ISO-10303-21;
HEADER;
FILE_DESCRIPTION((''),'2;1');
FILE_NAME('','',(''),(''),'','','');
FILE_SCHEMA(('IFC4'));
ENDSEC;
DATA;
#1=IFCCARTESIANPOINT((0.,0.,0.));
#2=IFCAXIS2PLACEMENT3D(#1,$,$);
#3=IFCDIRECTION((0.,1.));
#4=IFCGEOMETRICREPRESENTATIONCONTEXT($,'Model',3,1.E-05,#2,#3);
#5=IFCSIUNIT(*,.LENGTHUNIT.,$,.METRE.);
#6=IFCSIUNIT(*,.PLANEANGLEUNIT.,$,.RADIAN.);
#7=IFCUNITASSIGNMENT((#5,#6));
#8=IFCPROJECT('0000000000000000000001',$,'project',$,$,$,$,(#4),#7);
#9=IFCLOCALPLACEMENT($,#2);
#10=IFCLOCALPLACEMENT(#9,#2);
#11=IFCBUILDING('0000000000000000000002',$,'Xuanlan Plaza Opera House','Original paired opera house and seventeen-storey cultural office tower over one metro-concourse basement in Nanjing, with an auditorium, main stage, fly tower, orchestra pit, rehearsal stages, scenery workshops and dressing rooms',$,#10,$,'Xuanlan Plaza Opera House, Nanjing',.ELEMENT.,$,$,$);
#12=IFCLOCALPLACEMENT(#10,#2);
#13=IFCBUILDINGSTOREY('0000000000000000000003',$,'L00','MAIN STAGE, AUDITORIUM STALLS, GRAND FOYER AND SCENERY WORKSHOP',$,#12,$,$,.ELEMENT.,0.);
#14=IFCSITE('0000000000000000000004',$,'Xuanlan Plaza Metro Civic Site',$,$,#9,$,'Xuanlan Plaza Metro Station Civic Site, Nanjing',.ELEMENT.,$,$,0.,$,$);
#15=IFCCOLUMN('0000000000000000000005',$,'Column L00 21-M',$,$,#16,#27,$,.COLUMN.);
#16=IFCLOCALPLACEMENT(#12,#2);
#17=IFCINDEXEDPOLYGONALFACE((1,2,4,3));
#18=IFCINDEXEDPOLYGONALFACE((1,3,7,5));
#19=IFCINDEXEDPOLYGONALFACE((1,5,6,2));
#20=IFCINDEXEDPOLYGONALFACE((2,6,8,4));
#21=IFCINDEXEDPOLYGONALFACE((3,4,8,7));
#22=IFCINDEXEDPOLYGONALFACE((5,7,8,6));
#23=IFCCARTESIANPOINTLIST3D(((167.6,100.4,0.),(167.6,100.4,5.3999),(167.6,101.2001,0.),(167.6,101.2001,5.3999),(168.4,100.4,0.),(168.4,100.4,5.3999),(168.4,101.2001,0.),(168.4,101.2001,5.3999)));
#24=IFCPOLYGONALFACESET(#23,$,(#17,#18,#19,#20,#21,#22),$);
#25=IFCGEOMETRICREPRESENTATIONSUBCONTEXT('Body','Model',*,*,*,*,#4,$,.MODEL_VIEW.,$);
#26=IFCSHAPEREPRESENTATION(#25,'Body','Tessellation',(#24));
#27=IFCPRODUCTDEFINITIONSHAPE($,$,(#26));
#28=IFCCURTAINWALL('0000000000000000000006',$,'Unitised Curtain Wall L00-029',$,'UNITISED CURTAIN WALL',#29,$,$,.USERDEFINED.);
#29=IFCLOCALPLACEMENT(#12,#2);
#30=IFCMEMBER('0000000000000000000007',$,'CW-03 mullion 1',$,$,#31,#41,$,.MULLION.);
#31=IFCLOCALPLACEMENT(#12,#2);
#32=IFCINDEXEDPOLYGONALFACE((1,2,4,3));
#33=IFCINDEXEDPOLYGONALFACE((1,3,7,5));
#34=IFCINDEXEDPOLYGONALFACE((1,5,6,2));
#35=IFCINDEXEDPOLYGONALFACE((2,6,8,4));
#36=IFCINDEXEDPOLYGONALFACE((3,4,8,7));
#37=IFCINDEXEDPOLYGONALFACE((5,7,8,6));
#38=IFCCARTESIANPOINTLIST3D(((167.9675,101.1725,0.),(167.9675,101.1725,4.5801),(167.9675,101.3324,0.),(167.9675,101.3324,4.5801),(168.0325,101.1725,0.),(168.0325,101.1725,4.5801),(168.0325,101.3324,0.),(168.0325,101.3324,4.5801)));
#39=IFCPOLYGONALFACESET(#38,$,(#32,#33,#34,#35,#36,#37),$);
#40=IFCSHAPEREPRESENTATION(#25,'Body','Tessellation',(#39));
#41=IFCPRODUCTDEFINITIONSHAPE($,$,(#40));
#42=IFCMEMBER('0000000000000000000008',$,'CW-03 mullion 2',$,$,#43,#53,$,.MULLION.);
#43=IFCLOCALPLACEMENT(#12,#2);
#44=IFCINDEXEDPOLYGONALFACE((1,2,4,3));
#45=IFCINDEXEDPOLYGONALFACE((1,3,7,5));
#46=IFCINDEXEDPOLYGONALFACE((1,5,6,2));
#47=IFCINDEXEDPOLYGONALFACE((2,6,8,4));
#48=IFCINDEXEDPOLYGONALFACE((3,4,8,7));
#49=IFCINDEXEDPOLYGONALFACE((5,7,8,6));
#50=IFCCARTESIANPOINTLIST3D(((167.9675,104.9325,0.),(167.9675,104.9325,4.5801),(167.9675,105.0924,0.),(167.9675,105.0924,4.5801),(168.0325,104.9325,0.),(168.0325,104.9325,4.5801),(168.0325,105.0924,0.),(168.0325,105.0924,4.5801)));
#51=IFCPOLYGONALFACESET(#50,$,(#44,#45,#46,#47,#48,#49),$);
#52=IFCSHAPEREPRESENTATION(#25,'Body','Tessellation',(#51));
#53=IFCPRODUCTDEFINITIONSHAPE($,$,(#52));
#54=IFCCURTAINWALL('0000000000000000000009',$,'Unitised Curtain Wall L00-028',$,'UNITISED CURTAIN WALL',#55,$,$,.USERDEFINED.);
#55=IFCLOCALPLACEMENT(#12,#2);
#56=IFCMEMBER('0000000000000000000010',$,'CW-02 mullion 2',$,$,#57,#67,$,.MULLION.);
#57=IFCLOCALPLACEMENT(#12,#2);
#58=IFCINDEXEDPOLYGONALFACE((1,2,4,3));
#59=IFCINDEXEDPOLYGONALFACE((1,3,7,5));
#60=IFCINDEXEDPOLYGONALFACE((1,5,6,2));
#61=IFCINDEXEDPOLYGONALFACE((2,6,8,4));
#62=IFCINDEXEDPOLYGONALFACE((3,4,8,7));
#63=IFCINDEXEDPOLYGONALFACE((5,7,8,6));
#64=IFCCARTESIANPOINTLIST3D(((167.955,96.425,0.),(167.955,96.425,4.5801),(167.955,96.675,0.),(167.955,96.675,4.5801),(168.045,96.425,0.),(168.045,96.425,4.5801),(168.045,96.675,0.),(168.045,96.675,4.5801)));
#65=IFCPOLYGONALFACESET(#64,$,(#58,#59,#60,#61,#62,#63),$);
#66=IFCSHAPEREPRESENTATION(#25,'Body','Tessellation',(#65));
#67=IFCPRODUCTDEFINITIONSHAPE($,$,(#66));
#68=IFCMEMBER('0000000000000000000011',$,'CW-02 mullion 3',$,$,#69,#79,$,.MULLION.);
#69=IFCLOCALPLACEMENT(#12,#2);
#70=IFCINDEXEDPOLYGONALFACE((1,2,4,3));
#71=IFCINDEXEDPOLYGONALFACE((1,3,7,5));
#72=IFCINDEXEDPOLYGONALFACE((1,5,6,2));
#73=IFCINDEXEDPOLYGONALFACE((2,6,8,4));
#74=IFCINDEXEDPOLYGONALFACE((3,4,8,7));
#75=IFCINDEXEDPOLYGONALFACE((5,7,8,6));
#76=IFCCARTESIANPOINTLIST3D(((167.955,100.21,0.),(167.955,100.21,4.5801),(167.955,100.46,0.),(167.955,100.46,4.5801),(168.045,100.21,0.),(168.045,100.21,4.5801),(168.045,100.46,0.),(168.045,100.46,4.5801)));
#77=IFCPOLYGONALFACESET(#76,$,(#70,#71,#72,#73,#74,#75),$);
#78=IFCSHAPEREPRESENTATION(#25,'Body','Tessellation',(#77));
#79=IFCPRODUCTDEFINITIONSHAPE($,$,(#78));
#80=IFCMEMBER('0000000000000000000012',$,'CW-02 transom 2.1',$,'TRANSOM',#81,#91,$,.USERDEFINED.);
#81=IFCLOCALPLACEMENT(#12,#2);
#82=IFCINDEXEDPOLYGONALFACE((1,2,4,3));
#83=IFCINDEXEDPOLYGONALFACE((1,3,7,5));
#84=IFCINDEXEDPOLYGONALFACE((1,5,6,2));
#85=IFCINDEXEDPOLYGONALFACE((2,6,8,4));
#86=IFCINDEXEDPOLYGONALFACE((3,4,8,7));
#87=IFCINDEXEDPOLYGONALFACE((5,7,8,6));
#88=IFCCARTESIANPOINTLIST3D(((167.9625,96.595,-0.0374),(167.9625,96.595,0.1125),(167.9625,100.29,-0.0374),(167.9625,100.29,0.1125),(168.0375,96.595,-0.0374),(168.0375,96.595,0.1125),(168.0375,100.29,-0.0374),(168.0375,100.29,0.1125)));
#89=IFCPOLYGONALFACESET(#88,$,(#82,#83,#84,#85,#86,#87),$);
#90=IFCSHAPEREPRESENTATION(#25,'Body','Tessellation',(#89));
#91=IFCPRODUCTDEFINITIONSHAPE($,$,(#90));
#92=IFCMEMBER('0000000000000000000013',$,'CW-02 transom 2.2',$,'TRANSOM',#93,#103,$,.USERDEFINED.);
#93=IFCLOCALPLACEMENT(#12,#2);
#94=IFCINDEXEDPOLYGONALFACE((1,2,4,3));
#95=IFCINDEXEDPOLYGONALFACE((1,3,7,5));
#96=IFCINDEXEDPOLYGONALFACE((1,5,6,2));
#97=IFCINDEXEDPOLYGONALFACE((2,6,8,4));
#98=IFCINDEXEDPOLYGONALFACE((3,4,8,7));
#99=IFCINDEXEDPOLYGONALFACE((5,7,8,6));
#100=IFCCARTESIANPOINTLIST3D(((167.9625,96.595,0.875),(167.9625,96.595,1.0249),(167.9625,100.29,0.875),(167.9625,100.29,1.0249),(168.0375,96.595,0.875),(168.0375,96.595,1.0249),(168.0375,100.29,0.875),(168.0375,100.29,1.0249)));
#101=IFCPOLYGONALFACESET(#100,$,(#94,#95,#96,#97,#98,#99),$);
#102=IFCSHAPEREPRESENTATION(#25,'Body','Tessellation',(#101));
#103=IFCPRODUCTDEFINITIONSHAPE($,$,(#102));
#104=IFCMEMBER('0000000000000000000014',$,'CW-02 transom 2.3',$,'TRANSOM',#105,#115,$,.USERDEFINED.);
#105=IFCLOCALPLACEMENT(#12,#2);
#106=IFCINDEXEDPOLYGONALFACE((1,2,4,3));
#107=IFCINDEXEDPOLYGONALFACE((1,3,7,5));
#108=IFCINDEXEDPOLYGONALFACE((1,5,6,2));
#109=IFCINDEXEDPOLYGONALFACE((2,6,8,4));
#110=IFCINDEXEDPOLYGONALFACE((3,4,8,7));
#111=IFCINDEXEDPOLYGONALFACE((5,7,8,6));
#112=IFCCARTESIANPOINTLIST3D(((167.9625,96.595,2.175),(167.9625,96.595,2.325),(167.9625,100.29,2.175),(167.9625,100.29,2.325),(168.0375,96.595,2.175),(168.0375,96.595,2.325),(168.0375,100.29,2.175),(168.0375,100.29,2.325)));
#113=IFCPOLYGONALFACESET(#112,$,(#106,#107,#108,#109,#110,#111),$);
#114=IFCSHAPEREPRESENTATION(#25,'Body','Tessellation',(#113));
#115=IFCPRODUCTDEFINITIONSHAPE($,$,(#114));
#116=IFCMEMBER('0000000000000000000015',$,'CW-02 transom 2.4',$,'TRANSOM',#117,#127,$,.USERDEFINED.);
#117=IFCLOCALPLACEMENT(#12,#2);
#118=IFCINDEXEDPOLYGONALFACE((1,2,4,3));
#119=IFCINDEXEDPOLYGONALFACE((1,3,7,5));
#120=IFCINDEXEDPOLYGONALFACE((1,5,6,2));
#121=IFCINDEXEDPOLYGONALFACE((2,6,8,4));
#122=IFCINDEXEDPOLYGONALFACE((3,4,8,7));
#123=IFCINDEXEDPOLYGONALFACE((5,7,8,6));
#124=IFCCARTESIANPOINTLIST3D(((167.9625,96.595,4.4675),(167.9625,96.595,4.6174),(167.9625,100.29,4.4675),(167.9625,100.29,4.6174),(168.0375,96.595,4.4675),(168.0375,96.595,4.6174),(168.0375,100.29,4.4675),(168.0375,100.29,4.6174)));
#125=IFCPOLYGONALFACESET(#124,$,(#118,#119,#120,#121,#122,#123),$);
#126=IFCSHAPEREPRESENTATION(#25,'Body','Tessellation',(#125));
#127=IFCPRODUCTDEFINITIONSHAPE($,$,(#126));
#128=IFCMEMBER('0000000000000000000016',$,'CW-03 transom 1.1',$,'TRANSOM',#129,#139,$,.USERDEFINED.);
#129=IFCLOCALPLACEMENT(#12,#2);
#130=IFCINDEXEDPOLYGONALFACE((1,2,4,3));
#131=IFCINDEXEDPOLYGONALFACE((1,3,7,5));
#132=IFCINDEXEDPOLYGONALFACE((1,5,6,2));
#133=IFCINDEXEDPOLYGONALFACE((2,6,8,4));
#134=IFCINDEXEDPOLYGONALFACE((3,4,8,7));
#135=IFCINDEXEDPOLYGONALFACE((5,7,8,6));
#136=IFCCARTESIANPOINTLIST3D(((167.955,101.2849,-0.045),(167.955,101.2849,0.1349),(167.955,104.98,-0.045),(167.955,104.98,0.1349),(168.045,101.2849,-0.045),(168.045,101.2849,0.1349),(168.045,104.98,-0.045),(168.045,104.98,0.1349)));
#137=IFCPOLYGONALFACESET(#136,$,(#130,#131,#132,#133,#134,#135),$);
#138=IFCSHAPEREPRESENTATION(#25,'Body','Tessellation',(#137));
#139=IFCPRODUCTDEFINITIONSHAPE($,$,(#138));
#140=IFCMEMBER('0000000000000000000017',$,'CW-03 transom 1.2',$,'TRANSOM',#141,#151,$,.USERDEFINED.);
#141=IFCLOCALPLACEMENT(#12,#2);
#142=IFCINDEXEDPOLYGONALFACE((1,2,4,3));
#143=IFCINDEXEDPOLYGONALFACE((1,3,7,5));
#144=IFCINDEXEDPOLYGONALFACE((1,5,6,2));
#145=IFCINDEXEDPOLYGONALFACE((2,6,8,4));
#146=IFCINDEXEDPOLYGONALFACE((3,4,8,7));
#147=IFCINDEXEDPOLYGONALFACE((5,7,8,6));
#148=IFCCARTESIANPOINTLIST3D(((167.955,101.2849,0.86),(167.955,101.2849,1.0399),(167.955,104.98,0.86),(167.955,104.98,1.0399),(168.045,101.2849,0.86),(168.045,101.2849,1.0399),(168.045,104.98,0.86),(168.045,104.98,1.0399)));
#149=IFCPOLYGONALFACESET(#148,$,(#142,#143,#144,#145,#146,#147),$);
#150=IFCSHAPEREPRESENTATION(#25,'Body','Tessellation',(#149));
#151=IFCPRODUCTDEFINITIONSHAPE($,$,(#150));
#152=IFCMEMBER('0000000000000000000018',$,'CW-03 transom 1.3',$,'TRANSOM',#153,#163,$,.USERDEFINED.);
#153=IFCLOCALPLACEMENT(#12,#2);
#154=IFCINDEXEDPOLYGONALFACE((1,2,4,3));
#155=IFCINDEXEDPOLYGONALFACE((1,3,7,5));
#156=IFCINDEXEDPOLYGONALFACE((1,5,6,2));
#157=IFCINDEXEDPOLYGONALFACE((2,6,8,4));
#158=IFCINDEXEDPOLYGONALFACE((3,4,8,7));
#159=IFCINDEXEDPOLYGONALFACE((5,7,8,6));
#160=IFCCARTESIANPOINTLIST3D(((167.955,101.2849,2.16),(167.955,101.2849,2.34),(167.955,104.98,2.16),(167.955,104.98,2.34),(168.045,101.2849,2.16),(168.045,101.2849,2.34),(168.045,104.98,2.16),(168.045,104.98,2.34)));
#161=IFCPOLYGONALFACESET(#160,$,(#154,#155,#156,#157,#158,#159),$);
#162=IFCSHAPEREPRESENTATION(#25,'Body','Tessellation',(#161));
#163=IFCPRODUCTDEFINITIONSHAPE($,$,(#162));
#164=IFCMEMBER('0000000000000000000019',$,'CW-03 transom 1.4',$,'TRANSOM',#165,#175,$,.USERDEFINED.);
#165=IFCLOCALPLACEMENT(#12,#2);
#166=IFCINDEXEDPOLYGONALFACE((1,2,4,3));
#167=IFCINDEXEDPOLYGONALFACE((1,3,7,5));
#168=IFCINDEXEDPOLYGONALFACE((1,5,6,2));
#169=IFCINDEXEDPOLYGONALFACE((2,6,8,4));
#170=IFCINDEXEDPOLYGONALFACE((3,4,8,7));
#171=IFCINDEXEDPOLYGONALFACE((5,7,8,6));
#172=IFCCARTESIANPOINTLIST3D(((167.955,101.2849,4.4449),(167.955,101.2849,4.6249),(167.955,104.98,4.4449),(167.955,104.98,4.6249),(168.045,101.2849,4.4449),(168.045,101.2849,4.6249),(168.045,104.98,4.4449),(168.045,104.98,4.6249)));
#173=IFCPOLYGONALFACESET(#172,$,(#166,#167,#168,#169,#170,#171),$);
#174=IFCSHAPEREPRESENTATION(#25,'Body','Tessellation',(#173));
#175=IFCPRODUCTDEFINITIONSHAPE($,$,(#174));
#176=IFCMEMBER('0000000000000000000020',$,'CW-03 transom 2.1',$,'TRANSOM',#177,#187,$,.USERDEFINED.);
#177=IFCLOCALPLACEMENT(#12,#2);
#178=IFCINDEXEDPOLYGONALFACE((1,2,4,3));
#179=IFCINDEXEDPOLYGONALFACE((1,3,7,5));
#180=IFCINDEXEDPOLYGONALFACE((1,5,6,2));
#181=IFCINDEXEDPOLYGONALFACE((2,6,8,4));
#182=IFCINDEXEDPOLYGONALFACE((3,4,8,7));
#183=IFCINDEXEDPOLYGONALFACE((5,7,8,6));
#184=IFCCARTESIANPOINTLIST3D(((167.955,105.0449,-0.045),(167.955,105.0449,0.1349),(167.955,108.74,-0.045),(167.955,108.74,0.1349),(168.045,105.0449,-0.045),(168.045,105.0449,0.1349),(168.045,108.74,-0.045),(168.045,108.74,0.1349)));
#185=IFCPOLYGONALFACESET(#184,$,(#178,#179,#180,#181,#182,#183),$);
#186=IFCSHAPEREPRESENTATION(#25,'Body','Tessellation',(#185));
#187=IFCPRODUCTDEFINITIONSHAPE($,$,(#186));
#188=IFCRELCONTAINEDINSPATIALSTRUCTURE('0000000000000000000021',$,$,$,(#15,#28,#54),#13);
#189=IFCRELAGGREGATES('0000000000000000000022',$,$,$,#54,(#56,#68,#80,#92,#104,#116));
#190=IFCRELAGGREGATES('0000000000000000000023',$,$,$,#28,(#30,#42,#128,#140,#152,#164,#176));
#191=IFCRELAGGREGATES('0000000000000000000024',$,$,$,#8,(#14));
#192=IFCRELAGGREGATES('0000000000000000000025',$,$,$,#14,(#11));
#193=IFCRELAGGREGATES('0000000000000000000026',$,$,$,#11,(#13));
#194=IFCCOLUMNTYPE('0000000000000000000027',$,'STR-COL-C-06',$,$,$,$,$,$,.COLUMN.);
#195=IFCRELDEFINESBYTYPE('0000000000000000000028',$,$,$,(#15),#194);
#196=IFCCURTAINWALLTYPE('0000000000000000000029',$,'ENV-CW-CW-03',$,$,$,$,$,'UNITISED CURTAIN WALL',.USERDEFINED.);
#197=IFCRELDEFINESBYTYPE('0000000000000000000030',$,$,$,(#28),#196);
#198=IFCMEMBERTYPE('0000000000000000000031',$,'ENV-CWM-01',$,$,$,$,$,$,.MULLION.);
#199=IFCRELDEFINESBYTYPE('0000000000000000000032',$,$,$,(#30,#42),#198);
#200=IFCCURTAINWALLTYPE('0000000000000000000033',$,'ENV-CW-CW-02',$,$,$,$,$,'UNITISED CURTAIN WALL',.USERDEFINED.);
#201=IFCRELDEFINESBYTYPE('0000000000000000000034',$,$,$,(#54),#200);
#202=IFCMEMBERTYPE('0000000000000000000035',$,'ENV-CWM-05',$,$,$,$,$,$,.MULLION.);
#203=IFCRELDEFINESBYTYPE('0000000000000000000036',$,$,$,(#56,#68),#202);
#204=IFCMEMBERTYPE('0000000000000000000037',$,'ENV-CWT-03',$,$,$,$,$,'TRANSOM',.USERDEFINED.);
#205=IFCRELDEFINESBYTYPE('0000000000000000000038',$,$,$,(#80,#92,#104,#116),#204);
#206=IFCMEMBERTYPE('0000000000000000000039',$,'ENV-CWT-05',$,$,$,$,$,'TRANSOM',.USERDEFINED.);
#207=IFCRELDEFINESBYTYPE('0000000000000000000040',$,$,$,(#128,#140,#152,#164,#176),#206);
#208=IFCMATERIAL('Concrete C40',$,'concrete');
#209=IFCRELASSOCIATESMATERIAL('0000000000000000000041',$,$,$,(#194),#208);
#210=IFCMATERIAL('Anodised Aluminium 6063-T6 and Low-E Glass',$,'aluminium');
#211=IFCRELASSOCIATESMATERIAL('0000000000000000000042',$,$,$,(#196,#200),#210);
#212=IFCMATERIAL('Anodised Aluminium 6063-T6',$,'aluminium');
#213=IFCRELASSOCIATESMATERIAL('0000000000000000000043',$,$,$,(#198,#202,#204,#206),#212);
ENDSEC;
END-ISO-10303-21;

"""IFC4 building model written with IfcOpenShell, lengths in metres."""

from ifc_helpers import new_model, si_unit, direction, frame, origin, origin_2d, place, context, subcontext, project, spatial, rectangle, extrude, material, material_profile, profile_set, type_object, element, aggregate, save


model = new_model("IFC4")

# Units and contexts
model_context = context("Model", 3, precision=1e-05, world=origin(), true_north=direction((0.0, 1.0)))
body_context = subcontext(model_context, "Body", "Model", "MODEL_VIEW")
ifc_project = project(units=[si_unit("LENGTHUNIT", "METRE"), si_unit("PLANEANGLEUNIT", "RADIAN")], contexts=[model_context])

# Site, building, storey
site_placement = place(None, origin())
site = spatial("IfcSite", under=ifc_project, at=site_placement, Name="Xuanlan Plaza Metro Civic Site", LongName="Xuanlan Plaza Metro Station Civic Site, Nanjing", CompositionType="ELEMENT", RefElevation=0.0)
building_placement = place(site_placement, origin())
building = spatial("IfcBuilding", under=site, at=building_placement, Name="Xuanlan Plaza Opera House", Description="Original paired opera house and seventeen-storey cultural office tower over one metro-concourse basement in Nanjing, with an auditorium, main stage, fly tower, orchestra pit, rehearsal stages, scenery workshops and dressing rooms", LongName="Xuanlan Plaza Opera House, Nanjing", CompositionType="ELEMENT")
storey_placement = place(building_placement, origin())
storey = spatial("IfcBuildingStorey", under=building, at=storey_placement, Name="L00", Description="MAIN STAGE, AUDITORIUM STALLS, GRAND FOYER AND SCENERY WORKSHOP", CompositionType="ELEMENT", Elevation=0.0)

# Column
ifc_material_1 = material(Name="Concrete C40", Category="concrete")
ifc_material_profile_1 = material_profile(ifc_material_1, rectangle(XDim=0.8, YDim=0.8, at=origin_2d()), Name="RC-COL 800x800")
ifc_profile_set_1 = profile_set([ifc_material_profile_1], Name="Concrete C40")
column_type = type_object("IfcColumnType", Name="STR-COL-C-06", PredefinedType="COLUMN", material=ifc_profile_set_1)
column_placement = place(storey_placement, frame((168.0, 100.8, 0.0), z_axis=(0.0, 0.0, 1.0), x_axis=(1.0, 0.0, 0.0)))
element("IfcColumn", 1, at=column_placement, inside=storey, type_object=column_type, Name="Column L00 21-M", PredefinedType="COLUMN", context=body_context, shape_type="SweptSolid", body=[
    extrude(rectangle(XDim=0.8, YDim=0.8, at=origin_2d()), origin(), (0.0, 0.0, 1.0), 5.3999),
])

# Curtain walls, members
ifc_material_2 = material(Name="Anodised Aluminium 6063-T6 and Low-E Glass", Category="aluminium")
curtain_wall_type_1 = type_object("IfcCurtainWallType", Name="ENV-CW-CW-03", ElementType="UNITISED CURTAIN WALL", PredefinedType="USERDEFINED", material=ifc_material_2)
curtain_wall_1_placement = place(storey_placement, origin())
curtain_wall_1 = element("IfcCurtainWall", 2, at=curtain_wall_1_placement, inside=storey, type_object=curtain_wall_type_1, Name="Unitised Curtain Wall L00-029", ObjectType="UNITISED CURTAIN WALL", PredefinedType="USERDEFINED")
ifc_material_3 = material(Name="Anodised Aluminium 6063-T6", Category="aluminium")
ifc_material_profile_2 = material_profile(ifc_material_3, rectangle(XDim=0.0649, YDim=0.1599, at=origin_2d()), Name="ALU-M 65x160")
ifc_profile_set_2 = profile_set([ifc_material_profile_2], Name="Anodised Aluminium 6063-T6")
member_type_1 = type_object("IfcMemberType", Name="ENV-CWM-01", PredefinedType="MULLION", material=ifc_profile_set_2)
member_1_placement = place(storey_placement, frame((168.0, 101.2524, 0.0), z_axis=(0.0, 0.0, 1.0), x_axis=(-1.0, 0.0, 0.0)))
member_1 = element("IfcMember", 3, at=member_1_placement, type_object=member_type_1, Name="CW-03 mullion 1", PredefinedType="MULLION", context=body_context, shape_type="SweptSolid", body=[
    extrude(rectangle(XDim=0.0649, YDim=0.1599, at=origin_2d()), origin(), (0.0, 0.0, 1.0), 4.5801),
])
member_2_placement = place(storey_placement, frame((168.0, 105.0125, 0.0), z_axis=(0.0, 0.0, 1.0), x_axis=(-1.0, 0.0, 0.0)))
member_2 = element("IfcMember", 4, at=member_2_placement, type_object=member_type_1, Name="CW-03 mullion 2", PredefinedType="MULLION", context=body_context, shape_type="SweptSolid", body=[
    extrude(rectangle(XDim=0.0649, YDim=0.1599, at=origin_2d()), origin(), (0.0, 0.0, 1.0), 4.5801),
])
curtain_wall_type_2 = type_object("IfcCurtainWallType", Name="ENV-CW-CW-02", ElementType="UNITISED CURTAIN WALL", PredefinedType="USERDEFINED", material=ifc_material_2)
curtain_wall_2_placement = place(storey_placement, origin())
curtain_wall_2 = element("IfcCurtainWall", 5, at=curtain_wall_2_placement, inside=storey, type_object=curtain_wall_type_2, Name="Unitised Curtain Wall L00-028", ObjectType="UNITISED CURTAIN WALL", PredefinedType="USERDEFINED")
ifc_material_profile_3 = material_profile(ifc_material_3, rectangle(XDim=0.0901, YDim=0.25, at=origin_2d()), Name="ALU-M 90x250")
ifc_profile_set_3 = profile_set([ifc_material_profile_3], Name="Anodised Aluminium 6063-T6")
member_type_2 = type_object("IfcMemberType", Name="ENV-CWM-05", PredefinedType="MULLION", material=ifc_profile_set_3)
member_3_placement = place(storey_placement, frame((168.0, 96.55, 0.0), z_axis=(0.0, 0.0, 1.0), x_axis=(-1.0, 0.0, 0.0)))
member_3 = element("IfcMember", 6, at=member_3_placement, type_object=member_type_2, Name="CW-02 mullion 2", PredefinedType="MULLION", context=body_context, shape_type="SweptSolid", body=[
    extrude(rectangle(XDim=0.0901, YDim=0.25, at=origin_2d()), origin(), (0.0, 0.0, 1.0), 4.5801),
])
member_4_placement = place(storey_placement, frame((168.0, 100.335, 0.0), z_axis=(0.0, 0.0, 1.0), x_axis=(-1.0, 0.0, 0.0)))
member_4 = element("IfcMember", 7, at=member_4_placement, type_object=member_type_2, Name="CW-02 mullion 3", PredefinedType="MULLION", context=body_context, shape_type="SweptSolid", body=[
    extrude(rectangle(XDim=0.0901, YDim=0.25, at=origin_2d()), origin(), (0.0, 0.0, 1.0), 4.5801),
])
ifc_material_profile_4 = material_profile(ifc_material_3, rectangle(XDim=0.075, YDim=0.1499, at=origin_2d()), Name="ALU-T 75x150")
ifc_profile_set_4 = profile_set([ifc_material_profile_4], Name="Anodised Aluminium 6063-T6")
member_type_3 = type_object("IfcMemberType", Name="ENV-CWT-03", ElementType="TRANSOM", PredefinedType="USERDEFINED", material=ifc_profile_set_4)
member_5_placement = place(storey_placement, frame((168.0, 96.595, 0.0376), z_axis=(0.0, 1.0, 0.0), x_axis=(-1.0, 0.0, 0.0)))
member_5 = element("IfcMember", 8, at=member_5_placement, type_object=member_type_3, Name="CW-02 transom 2.1", ObjectType="TRANSOM", PredefinedType="USERDEFINED", context=body_context, shape_type="SweptSolid", body=[
    extrude(rectangle(XDim=0.075, YDim=0.1499, at=origin_2d()), origin(), (0.0, 0.0, 1.0), 3.6951),
])
member_6_placement = place(storey_placement, frame((168.0, 96.595, 0.95), z_axis=(0.0, 1.0, 0.0), x_axis=(-1.0, 0.0, 0.0)))
member_6 = element("IfcMember", 9, at=member_6_placement, type_object=member_type_3, Name="CW-02 transom 2.2", ObjectType="TRANSOM", PredefinedType="USERDEFINED", context=body_context, shape_type="SweptSolid", body=[
    extrude(rectangle(XDim=0.075, YDim=0.1499, at=origin_2d()), origin(), (0.0, 0.0, 1.0), 3.6951),
])
member_7_placement = place(storey_placement, frame((168.0, 96.595, 2.25), z_axis=(0.0, 1.0, 0.0), x_axis=(-1.0, 0.0, 0.0)))
member_7 = element("IfcMember", 10, at=member_7_placement, type_object=member_type_3, Name="CW-02 transom 2.3", ObjectType="TRANSOM", PredefinedType="USERDEFINED", context=body_context, shape_type="SweptSolid", body=[
    extrude(rectangle(XDim=0.075, YDim=0.1499, at=origin_2d()), origin(), (0.0, 0.0, 1.0), 3.6951),
])
member_8_placement = place(storey_placement, frame((168.0, 96.595, 4.5425), z_axis=(0.0, 1.0, 0.0), x_axis=(-1.0, 0.0, 0.0)))
member_8 = element("IfcMember", 11, at=member_8_placement, type_object=member_type_3, Name="CW-02 transom 2.4", ObjectType="TRANSOM", PredefinedType="USERDEFINED", context=body_context, shape_type="SweptSolid", body=[
    extrude(rectangle(XDim=0.075, YDim=0.1499, at=origin_2d()), origin(), (0.0, 0.0, 1.0), 3.6951),
])

# Members
ifc_material_profile_5 = material_profile(ifc_material_3, rectangle(XDim=0.0901, YDim=0.1799, at=origin_2d()), Name="ALU-T 90x180")
ifc_profile_set_5 = profile_set([ifc_material_profile_5], Name="Anodised Aluminium 6063-T6")
member_type_4 = type_object("IfcMemberType", Name="ENV-CWT-05", ElementType="TRANSOM", PredefinedType="USERDEFINED", material=ifc_profile_set_5)
member_9_placement = place(storey_placement, frame((168.0, 101.2849, 0.0449), z_axis=(0.0, 1.0, 0.0), x_axis=(-1.0, 0.0, 0.0)))
member_9 = element("IfcMember", 12, at=member_9_placement, type_object=member_type_4, Name="CW-03 transom 1.1", ObjectType="TRANSOM", PredefinedType="USERDEFINED", context=body_context, shape_type="SweptSolid", body=[
    extrude(rectangle(XDim=0.0901, YDim=0.1799, at=origin_2d()), origin(), (0.0, 0.0, 1.0), 3.6951),
])
member_10_placement = place(storey_placement, frame((168.0, 101.2849, 0.95), z_axis=(0.0, 1.0, 0.0), x_axis=(-1.0, 0.0, 0.0)))
member_10 = element("IfcMember", 13, at=member_10_placement, type_object=member_type_4, Name="CW-03 transom 1.2", ObjectType="TRANSOM", PredefinedType="USERDEFINED", context=body_context, shape_type="SweptSolid", body=[
    extrude(rectangle(XDim=0.0901, YDim=0.1799, at=origin_2d()), origin(), (0.0, 0.0, 1.0), 3.6951),
])
member_11_placement = place(storey_placement, frame((168.0, 101.2849, 2.25), z_axis=(0.0, 1.0, 0.0), x_axis=(-1.0, 0.0, 0.0)))
member_11 = element("IfcMember", 14, at=member_11_placement, type_object=member_type_4, Name="CW-03 transom 1.3", ObjectType="TRANSOM", PredefinedType="USERDEFINED", context=body_context, shape_type="SweptSolid", body=[
    extrude(rectangle(XDim=0.0901, YDim=0.1799, at=origin_2d()), origin(), (0.0, 0.0, 1.0), 3.6951),
])
member_12_placement = place(storey_placement, frame((168.0, 101.2849, 4.5349), z_axis=(0.0, 1.0, 0.0), x_axis=(-1.0, 0.0, 0.0)))
member_12 = element("IfcMember", 15, at=member_12_placement, type_object=member_type_4, Name="CW-03 transom 1.4", ObjectType="TRANSOM", PredefinedType="USERDEFINED", context=body_context, shape_type="SweptSolid", body=[
    extrude(rectangle(XDim=0.0901, YDim=0.1799, at=origin_2d()), origin(), (0.0, 0.0, 1.0), 3.6951),
])
member_13_placement = place(storey_placement, frame((168.0, 105.0449, 0.0449), z_axis=(0.0, 1.0, 0.0), x_axis=(-1.0, 0.0, 0.0)))
member_13 = element("IfcMember", 16, at=member_13_placement, type_object=member_type_4, Name="CW-03 transom 2.1", ObjectType="TRANSOM", PredefinedType="USERDEFINED", context=body_context, shape_type="SweptSolid", body=[
    extrude(rectangle(XDim=0.0901, YDim=0.1799, at=origin_2d()), origin(), (0.0, 0.0, 1.0), 3.6951),
])

aggregate(curtain_wall_2, [member_3, member_4, member_5, member_6, member_7, member_8])
aggregate(curtain_wall_1, [member_1, member_2, member_9, member_10, member_11, member_12, member_13])

save(model, "model.ifc")
